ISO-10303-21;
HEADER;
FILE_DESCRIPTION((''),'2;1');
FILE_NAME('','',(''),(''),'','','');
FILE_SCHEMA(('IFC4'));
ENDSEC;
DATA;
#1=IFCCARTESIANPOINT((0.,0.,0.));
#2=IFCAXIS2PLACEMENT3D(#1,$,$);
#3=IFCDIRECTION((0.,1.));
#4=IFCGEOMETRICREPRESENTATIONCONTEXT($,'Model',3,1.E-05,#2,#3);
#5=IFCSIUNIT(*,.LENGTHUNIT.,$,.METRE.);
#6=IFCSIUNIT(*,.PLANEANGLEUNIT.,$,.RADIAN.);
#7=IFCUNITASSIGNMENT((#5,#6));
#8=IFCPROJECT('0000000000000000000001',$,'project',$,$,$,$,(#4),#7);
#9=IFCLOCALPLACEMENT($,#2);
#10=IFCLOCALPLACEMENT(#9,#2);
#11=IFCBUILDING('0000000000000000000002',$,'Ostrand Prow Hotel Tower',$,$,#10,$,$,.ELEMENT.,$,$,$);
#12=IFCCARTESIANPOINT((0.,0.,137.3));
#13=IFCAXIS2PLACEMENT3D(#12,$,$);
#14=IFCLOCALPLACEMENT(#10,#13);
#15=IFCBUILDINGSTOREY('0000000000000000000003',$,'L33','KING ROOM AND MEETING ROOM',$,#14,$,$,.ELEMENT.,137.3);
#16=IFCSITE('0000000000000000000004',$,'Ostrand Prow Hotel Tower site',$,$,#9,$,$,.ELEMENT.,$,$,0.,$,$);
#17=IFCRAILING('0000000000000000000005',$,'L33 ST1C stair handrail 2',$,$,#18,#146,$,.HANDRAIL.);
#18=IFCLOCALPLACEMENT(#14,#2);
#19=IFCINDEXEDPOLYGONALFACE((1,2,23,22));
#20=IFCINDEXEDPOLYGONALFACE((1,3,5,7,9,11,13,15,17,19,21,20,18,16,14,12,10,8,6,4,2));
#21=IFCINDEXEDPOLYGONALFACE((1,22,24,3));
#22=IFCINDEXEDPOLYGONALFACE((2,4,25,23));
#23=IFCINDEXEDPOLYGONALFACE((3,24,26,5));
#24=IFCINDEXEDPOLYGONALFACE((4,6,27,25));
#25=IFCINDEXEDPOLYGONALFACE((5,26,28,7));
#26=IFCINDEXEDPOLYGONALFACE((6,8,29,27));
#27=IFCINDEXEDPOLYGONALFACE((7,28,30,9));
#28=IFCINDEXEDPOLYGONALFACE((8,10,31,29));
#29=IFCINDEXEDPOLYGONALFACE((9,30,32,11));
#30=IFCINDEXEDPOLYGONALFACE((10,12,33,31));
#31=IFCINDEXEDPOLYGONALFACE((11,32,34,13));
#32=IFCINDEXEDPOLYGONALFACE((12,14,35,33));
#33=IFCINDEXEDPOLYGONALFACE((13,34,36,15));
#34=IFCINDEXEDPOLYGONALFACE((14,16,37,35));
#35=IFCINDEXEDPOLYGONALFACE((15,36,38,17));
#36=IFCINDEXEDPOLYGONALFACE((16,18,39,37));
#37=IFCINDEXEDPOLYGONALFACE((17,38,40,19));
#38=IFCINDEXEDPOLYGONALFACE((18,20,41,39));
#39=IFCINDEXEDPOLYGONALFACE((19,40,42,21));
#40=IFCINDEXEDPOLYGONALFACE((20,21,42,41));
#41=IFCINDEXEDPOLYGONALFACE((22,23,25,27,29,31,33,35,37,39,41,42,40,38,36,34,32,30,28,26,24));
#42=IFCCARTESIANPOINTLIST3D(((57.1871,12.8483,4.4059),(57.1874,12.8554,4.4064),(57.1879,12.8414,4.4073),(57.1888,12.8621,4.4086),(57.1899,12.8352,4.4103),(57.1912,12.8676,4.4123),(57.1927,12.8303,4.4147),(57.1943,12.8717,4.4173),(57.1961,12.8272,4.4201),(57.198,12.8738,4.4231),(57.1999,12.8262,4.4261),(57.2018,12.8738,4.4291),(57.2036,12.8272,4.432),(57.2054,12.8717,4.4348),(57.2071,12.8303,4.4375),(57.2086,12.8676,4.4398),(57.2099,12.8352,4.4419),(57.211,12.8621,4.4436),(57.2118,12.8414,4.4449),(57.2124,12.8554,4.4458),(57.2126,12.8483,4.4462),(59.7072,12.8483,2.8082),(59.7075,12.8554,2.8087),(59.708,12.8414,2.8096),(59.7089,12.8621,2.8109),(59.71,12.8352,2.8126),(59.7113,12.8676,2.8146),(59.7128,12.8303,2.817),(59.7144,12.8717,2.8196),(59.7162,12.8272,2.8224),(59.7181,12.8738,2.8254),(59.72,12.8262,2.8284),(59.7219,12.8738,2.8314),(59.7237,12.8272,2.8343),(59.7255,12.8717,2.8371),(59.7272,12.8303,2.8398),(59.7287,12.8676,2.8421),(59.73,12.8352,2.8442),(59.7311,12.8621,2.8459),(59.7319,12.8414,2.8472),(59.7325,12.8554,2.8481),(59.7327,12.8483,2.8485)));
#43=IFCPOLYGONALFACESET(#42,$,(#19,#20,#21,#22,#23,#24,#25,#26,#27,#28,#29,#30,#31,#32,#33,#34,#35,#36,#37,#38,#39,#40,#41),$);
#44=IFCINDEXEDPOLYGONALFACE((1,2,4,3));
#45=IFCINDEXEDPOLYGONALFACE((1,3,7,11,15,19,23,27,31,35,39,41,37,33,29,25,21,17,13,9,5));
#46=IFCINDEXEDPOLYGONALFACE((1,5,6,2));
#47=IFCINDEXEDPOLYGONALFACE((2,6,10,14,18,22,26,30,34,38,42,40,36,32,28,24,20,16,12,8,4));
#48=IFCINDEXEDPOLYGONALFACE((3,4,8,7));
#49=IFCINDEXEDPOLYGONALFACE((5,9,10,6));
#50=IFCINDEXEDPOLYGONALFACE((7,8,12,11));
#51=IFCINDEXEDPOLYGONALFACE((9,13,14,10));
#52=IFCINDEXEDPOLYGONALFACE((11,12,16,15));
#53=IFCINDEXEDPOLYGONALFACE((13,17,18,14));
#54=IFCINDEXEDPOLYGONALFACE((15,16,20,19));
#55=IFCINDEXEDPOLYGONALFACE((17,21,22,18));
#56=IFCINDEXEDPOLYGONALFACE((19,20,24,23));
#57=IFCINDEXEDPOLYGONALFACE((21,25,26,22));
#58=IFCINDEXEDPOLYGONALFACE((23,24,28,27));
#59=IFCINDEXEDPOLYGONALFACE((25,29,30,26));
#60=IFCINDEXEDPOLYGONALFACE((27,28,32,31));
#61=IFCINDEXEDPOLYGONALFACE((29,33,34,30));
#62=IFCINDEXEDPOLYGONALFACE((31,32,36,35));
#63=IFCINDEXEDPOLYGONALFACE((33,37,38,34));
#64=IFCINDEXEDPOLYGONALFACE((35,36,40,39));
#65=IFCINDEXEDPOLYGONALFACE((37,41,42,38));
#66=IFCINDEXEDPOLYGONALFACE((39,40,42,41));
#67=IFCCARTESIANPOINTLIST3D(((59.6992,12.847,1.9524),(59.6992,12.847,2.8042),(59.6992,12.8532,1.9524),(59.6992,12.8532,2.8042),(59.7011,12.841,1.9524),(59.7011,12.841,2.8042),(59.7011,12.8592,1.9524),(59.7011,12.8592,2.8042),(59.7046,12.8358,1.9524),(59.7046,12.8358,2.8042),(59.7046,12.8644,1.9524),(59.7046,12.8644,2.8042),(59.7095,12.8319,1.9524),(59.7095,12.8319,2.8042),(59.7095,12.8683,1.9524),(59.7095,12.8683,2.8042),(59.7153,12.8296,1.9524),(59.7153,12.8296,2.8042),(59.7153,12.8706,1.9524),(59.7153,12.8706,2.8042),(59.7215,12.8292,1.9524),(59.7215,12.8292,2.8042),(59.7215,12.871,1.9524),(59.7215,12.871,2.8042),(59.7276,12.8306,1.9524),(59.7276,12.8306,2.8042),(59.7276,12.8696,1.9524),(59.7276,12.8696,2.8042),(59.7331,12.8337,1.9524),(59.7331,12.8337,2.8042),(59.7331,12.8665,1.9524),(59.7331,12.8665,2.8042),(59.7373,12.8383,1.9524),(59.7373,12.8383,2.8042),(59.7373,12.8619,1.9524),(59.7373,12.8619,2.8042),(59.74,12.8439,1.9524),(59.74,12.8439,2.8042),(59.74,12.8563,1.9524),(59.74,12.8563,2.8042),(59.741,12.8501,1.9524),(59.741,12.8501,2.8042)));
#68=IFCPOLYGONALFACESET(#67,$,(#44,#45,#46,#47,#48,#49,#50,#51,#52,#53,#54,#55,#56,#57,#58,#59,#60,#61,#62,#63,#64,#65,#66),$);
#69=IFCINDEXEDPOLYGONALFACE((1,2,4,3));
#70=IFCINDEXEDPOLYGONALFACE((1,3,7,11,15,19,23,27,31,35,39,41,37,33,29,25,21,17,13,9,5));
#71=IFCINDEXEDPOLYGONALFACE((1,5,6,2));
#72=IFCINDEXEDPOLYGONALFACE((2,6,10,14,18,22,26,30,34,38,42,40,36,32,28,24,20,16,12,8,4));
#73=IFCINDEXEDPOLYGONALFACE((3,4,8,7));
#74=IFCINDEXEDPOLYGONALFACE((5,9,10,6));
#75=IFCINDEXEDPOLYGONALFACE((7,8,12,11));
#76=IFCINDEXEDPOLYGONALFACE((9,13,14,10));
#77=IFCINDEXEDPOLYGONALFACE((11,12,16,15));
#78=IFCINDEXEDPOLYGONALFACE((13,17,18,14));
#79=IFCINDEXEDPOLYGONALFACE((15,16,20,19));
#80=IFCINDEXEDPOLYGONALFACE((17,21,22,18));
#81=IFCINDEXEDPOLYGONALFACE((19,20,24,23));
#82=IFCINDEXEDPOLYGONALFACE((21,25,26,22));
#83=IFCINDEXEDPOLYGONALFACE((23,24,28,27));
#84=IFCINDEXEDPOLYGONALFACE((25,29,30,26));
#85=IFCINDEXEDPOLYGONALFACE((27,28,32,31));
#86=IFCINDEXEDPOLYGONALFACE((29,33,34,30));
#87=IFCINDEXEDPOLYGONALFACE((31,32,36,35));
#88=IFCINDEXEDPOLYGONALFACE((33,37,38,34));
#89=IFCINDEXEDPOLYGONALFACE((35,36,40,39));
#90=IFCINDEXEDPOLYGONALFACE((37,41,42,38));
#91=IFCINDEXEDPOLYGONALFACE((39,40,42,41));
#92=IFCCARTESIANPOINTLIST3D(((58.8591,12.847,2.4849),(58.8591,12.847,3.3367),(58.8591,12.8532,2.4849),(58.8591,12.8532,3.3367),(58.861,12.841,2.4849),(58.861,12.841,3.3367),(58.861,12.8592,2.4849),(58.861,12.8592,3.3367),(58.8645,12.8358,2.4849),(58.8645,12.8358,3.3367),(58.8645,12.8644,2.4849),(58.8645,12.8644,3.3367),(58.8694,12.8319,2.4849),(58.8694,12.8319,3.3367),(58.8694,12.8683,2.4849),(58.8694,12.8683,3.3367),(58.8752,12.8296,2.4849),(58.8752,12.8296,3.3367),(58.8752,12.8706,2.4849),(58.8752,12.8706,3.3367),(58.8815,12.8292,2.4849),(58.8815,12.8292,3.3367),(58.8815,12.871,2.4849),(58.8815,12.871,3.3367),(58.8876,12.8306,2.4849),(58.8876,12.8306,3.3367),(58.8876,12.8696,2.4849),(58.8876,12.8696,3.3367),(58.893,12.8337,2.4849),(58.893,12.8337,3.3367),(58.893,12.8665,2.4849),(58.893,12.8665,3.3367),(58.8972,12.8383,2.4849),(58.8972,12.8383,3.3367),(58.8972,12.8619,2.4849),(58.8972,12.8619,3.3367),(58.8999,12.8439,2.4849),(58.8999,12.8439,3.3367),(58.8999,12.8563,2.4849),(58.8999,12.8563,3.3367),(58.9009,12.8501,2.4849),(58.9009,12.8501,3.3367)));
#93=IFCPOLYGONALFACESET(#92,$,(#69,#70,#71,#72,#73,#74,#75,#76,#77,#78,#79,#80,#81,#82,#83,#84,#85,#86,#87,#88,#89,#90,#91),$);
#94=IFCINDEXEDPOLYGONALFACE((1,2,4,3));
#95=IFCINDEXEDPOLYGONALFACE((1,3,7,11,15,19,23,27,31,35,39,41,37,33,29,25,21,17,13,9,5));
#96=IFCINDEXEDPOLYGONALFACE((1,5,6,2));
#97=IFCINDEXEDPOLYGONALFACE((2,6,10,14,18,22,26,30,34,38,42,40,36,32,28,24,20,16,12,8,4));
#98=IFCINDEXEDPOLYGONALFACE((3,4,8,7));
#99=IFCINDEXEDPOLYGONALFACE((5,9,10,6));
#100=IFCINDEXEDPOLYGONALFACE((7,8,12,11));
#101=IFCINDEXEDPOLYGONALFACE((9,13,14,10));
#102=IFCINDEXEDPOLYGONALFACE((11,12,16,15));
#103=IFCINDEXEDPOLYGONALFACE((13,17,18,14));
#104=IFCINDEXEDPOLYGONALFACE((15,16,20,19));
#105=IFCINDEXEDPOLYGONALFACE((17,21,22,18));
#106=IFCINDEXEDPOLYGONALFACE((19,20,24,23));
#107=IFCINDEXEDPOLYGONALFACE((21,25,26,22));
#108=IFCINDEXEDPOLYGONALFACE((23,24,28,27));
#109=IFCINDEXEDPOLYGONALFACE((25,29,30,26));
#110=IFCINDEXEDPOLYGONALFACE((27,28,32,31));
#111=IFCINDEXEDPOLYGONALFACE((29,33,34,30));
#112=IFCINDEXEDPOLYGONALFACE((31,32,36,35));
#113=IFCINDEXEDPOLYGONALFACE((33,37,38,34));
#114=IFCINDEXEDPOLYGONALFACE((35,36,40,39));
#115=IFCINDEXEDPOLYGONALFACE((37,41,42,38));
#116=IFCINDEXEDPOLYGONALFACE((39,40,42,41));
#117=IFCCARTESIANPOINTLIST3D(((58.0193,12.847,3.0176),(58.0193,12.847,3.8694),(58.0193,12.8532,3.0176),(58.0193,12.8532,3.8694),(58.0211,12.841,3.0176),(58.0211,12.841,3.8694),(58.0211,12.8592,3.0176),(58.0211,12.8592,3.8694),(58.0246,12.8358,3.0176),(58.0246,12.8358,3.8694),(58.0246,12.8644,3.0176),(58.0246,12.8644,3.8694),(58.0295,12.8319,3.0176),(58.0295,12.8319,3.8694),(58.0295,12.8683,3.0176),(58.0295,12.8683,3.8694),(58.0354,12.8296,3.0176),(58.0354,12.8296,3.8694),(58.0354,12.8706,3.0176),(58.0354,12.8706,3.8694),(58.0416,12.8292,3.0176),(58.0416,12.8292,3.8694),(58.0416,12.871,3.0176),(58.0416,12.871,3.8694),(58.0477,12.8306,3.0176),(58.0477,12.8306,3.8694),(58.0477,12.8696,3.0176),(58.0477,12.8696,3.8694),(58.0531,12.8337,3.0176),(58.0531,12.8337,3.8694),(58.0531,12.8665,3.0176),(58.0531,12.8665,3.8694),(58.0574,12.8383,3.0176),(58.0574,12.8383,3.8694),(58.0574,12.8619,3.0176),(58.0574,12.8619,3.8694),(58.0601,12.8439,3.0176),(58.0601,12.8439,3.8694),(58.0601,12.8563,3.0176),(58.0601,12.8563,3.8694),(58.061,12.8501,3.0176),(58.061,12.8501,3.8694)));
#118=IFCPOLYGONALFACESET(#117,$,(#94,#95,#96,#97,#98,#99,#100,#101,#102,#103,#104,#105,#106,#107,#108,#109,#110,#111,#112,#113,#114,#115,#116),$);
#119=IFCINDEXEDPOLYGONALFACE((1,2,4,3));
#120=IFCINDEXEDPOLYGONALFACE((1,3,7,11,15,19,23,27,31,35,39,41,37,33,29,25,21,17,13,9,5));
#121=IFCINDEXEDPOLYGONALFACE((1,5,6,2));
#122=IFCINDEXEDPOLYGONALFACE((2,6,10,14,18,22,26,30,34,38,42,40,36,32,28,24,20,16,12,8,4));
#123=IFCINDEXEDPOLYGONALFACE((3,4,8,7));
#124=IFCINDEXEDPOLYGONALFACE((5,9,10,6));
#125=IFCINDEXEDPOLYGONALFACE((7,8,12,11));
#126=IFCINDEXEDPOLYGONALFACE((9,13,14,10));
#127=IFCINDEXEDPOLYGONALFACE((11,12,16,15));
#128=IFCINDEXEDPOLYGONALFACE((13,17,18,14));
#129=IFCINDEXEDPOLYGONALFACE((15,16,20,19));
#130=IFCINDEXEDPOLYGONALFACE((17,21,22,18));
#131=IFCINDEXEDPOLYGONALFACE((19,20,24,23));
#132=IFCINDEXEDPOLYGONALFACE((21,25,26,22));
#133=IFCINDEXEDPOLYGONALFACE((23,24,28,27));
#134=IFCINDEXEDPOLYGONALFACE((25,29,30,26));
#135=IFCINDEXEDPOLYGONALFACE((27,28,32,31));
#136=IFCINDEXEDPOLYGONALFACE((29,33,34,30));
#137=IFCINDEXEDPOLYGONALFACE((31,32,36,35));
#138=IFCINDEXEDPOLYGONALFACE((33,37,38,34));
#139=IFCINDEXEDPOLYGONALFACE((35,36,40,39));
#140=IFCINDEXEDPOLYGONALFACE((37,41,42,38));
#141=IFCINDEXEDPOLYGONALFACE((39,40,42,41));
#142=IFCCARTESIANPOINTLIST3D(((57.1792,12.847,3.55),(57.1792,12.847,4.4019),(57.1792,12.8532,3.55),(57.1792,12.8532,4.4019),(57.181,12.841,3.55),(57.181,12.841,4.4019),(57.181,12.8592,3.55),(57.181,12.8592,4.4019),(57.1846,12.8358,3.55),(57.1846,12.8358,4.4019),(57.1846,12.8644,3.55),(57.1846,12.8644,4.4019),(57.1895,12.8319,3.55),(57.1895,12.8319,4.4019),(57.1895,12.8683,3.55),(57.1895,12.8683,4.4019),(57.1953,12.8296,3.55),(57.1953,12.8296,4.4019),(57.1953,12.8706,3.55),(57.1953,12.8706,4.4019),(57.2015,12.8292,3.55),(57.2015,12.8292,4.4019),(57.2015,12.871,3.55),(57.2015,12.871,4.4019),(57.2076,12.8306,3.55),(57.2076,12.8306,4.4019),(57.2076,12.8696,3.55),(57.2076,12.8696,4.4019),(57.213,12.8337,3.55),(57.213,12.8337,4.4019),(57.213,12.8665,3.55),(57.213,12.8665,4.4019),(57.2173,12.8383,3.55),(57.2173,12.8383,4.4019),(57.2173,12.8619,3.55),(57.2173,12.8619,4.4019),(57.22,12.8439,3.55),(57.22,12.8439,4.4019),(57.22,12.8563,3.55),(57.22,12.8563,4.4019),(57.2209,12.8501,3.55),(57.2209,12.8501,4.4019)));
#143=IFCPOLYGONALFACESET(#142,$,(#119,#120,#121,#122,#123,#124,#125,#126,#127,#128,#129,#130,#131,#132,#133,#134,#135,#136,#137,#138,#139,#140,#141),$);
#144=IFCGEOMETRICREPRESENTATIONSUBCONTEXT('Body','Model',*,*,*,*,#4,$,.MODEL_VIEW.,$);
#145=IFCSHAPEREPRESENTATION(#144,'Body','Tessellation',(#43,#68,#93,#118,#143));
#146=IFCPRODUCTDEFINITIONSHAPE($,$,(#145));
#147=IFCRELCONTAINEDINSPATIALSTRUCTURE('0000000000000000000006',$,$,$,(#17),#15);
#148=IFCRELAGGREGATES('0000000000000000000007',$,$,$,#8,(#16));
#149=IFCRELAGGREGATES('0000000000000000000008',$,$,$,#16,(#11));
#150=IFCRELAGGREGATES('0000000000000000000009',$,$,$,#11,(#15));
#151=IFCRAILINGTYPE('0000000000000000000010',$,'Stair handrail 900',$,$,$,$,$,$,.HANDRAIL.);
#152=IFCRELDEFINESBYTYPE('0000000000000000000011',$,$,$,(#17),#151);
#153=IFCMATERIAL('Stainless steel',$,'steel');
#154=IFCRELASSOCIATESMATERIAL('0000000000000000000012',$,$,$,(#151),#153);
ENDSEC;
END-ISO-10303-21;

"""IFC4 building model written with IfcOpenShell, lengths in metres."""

from ifc_helpers import new_model, si_unit, direction, frame, origin, origin_2d, place, context, subcontext, project, spatial, circle, extrude, material, type_object, element, save


model = new_model("IFC4")

# Units and contexts
model_context = context("Model", 3, precision=1e-05, world=origin(), true_north=direction((0.0, 1.0)))
body_context = subcontext(model_context, "Body", "Model", "MODEL_VIEW")
ifc_project = project(units=[si_unit("LENGTHUNIT", "METRE"), si_unit("PLANEANGLEUNIT", "RADIAN")], contexts=[model_context])

# Site, building, storey
site_placement = place(None, origin())
site = spatial("IfcSite", under=ifc_project, at=site_placement, Name="Ostrand Prow Hotel Tower site", CompositionType="ELEMENT", RefElevation=0.0)
building_placement = place(site_placement, origin())
building = spatial("IfcBuilding", under=site, at=building_placement, Name="Ostrand Prow Hotel Tower", CompositionType="ELEMENT")
storey_placement = place(building_placement, frame((0.0, 0.0, 137.3)))
storey = spatial("IfcBuildingStorey", under=building, at=storey_placement, Name="L33", Description="KING ROOM AND MEETING ROOM", CompositionType="ELEMENT", Elevation=137.3)

# Railing
ifc_material_1 = material(Name="Stainless steel", Category="steel")
railing_type_1 = type_object("IfcRailingType", Name="Stair handrail 900", PredefinedType="HANDRAIL", material=ifc_material_1)
railing_1_placement = place(storey_placement, frame((59.72, 12.8501, 1.9524)))
element("IfcRailing", 1, at=railing_1_placement, inside=storey, type_object=railing_type_1, Name="L33 ST1C stair handrail 2", PredefinedType="HANDRAIL", context=body_context, shape_type="SweptSolid", body=[
    extrude(circle(Radius=0.0239, at=origin_2d()), frame((0.0, 0.0, 0.876), z_axis=(-0.84457, 0.0, 0.535445), x_axis=(0.0, -1.0, 0.0)), (0.0, 0.0, 1.0), 2.9839),
    extrude(circle(Radius=0.021, at=origin_2d()), origin(), (0.0, 0.0, 1.0), 0.8518),
    extrude(circle(Radius=0.021, at=origin_2d()), frame((-0.8401, 0.0, 0.5325)), (0.0, 0.0, 1.0), 0.8518),
    extrude(circle(Radius=0.021, at=origin_2d()), frame((-1.6799, 0.0, 1.0652)), (0.0, 0.0, 1.0), 0.8518),
    extrude(circle(Radius=0.021, at=origin_2d()), frame((-2.52, 0.0, 1.5977)), (0.0, 0.0, 1.0), 0.8518),
])

save(model, "model.ifc")
